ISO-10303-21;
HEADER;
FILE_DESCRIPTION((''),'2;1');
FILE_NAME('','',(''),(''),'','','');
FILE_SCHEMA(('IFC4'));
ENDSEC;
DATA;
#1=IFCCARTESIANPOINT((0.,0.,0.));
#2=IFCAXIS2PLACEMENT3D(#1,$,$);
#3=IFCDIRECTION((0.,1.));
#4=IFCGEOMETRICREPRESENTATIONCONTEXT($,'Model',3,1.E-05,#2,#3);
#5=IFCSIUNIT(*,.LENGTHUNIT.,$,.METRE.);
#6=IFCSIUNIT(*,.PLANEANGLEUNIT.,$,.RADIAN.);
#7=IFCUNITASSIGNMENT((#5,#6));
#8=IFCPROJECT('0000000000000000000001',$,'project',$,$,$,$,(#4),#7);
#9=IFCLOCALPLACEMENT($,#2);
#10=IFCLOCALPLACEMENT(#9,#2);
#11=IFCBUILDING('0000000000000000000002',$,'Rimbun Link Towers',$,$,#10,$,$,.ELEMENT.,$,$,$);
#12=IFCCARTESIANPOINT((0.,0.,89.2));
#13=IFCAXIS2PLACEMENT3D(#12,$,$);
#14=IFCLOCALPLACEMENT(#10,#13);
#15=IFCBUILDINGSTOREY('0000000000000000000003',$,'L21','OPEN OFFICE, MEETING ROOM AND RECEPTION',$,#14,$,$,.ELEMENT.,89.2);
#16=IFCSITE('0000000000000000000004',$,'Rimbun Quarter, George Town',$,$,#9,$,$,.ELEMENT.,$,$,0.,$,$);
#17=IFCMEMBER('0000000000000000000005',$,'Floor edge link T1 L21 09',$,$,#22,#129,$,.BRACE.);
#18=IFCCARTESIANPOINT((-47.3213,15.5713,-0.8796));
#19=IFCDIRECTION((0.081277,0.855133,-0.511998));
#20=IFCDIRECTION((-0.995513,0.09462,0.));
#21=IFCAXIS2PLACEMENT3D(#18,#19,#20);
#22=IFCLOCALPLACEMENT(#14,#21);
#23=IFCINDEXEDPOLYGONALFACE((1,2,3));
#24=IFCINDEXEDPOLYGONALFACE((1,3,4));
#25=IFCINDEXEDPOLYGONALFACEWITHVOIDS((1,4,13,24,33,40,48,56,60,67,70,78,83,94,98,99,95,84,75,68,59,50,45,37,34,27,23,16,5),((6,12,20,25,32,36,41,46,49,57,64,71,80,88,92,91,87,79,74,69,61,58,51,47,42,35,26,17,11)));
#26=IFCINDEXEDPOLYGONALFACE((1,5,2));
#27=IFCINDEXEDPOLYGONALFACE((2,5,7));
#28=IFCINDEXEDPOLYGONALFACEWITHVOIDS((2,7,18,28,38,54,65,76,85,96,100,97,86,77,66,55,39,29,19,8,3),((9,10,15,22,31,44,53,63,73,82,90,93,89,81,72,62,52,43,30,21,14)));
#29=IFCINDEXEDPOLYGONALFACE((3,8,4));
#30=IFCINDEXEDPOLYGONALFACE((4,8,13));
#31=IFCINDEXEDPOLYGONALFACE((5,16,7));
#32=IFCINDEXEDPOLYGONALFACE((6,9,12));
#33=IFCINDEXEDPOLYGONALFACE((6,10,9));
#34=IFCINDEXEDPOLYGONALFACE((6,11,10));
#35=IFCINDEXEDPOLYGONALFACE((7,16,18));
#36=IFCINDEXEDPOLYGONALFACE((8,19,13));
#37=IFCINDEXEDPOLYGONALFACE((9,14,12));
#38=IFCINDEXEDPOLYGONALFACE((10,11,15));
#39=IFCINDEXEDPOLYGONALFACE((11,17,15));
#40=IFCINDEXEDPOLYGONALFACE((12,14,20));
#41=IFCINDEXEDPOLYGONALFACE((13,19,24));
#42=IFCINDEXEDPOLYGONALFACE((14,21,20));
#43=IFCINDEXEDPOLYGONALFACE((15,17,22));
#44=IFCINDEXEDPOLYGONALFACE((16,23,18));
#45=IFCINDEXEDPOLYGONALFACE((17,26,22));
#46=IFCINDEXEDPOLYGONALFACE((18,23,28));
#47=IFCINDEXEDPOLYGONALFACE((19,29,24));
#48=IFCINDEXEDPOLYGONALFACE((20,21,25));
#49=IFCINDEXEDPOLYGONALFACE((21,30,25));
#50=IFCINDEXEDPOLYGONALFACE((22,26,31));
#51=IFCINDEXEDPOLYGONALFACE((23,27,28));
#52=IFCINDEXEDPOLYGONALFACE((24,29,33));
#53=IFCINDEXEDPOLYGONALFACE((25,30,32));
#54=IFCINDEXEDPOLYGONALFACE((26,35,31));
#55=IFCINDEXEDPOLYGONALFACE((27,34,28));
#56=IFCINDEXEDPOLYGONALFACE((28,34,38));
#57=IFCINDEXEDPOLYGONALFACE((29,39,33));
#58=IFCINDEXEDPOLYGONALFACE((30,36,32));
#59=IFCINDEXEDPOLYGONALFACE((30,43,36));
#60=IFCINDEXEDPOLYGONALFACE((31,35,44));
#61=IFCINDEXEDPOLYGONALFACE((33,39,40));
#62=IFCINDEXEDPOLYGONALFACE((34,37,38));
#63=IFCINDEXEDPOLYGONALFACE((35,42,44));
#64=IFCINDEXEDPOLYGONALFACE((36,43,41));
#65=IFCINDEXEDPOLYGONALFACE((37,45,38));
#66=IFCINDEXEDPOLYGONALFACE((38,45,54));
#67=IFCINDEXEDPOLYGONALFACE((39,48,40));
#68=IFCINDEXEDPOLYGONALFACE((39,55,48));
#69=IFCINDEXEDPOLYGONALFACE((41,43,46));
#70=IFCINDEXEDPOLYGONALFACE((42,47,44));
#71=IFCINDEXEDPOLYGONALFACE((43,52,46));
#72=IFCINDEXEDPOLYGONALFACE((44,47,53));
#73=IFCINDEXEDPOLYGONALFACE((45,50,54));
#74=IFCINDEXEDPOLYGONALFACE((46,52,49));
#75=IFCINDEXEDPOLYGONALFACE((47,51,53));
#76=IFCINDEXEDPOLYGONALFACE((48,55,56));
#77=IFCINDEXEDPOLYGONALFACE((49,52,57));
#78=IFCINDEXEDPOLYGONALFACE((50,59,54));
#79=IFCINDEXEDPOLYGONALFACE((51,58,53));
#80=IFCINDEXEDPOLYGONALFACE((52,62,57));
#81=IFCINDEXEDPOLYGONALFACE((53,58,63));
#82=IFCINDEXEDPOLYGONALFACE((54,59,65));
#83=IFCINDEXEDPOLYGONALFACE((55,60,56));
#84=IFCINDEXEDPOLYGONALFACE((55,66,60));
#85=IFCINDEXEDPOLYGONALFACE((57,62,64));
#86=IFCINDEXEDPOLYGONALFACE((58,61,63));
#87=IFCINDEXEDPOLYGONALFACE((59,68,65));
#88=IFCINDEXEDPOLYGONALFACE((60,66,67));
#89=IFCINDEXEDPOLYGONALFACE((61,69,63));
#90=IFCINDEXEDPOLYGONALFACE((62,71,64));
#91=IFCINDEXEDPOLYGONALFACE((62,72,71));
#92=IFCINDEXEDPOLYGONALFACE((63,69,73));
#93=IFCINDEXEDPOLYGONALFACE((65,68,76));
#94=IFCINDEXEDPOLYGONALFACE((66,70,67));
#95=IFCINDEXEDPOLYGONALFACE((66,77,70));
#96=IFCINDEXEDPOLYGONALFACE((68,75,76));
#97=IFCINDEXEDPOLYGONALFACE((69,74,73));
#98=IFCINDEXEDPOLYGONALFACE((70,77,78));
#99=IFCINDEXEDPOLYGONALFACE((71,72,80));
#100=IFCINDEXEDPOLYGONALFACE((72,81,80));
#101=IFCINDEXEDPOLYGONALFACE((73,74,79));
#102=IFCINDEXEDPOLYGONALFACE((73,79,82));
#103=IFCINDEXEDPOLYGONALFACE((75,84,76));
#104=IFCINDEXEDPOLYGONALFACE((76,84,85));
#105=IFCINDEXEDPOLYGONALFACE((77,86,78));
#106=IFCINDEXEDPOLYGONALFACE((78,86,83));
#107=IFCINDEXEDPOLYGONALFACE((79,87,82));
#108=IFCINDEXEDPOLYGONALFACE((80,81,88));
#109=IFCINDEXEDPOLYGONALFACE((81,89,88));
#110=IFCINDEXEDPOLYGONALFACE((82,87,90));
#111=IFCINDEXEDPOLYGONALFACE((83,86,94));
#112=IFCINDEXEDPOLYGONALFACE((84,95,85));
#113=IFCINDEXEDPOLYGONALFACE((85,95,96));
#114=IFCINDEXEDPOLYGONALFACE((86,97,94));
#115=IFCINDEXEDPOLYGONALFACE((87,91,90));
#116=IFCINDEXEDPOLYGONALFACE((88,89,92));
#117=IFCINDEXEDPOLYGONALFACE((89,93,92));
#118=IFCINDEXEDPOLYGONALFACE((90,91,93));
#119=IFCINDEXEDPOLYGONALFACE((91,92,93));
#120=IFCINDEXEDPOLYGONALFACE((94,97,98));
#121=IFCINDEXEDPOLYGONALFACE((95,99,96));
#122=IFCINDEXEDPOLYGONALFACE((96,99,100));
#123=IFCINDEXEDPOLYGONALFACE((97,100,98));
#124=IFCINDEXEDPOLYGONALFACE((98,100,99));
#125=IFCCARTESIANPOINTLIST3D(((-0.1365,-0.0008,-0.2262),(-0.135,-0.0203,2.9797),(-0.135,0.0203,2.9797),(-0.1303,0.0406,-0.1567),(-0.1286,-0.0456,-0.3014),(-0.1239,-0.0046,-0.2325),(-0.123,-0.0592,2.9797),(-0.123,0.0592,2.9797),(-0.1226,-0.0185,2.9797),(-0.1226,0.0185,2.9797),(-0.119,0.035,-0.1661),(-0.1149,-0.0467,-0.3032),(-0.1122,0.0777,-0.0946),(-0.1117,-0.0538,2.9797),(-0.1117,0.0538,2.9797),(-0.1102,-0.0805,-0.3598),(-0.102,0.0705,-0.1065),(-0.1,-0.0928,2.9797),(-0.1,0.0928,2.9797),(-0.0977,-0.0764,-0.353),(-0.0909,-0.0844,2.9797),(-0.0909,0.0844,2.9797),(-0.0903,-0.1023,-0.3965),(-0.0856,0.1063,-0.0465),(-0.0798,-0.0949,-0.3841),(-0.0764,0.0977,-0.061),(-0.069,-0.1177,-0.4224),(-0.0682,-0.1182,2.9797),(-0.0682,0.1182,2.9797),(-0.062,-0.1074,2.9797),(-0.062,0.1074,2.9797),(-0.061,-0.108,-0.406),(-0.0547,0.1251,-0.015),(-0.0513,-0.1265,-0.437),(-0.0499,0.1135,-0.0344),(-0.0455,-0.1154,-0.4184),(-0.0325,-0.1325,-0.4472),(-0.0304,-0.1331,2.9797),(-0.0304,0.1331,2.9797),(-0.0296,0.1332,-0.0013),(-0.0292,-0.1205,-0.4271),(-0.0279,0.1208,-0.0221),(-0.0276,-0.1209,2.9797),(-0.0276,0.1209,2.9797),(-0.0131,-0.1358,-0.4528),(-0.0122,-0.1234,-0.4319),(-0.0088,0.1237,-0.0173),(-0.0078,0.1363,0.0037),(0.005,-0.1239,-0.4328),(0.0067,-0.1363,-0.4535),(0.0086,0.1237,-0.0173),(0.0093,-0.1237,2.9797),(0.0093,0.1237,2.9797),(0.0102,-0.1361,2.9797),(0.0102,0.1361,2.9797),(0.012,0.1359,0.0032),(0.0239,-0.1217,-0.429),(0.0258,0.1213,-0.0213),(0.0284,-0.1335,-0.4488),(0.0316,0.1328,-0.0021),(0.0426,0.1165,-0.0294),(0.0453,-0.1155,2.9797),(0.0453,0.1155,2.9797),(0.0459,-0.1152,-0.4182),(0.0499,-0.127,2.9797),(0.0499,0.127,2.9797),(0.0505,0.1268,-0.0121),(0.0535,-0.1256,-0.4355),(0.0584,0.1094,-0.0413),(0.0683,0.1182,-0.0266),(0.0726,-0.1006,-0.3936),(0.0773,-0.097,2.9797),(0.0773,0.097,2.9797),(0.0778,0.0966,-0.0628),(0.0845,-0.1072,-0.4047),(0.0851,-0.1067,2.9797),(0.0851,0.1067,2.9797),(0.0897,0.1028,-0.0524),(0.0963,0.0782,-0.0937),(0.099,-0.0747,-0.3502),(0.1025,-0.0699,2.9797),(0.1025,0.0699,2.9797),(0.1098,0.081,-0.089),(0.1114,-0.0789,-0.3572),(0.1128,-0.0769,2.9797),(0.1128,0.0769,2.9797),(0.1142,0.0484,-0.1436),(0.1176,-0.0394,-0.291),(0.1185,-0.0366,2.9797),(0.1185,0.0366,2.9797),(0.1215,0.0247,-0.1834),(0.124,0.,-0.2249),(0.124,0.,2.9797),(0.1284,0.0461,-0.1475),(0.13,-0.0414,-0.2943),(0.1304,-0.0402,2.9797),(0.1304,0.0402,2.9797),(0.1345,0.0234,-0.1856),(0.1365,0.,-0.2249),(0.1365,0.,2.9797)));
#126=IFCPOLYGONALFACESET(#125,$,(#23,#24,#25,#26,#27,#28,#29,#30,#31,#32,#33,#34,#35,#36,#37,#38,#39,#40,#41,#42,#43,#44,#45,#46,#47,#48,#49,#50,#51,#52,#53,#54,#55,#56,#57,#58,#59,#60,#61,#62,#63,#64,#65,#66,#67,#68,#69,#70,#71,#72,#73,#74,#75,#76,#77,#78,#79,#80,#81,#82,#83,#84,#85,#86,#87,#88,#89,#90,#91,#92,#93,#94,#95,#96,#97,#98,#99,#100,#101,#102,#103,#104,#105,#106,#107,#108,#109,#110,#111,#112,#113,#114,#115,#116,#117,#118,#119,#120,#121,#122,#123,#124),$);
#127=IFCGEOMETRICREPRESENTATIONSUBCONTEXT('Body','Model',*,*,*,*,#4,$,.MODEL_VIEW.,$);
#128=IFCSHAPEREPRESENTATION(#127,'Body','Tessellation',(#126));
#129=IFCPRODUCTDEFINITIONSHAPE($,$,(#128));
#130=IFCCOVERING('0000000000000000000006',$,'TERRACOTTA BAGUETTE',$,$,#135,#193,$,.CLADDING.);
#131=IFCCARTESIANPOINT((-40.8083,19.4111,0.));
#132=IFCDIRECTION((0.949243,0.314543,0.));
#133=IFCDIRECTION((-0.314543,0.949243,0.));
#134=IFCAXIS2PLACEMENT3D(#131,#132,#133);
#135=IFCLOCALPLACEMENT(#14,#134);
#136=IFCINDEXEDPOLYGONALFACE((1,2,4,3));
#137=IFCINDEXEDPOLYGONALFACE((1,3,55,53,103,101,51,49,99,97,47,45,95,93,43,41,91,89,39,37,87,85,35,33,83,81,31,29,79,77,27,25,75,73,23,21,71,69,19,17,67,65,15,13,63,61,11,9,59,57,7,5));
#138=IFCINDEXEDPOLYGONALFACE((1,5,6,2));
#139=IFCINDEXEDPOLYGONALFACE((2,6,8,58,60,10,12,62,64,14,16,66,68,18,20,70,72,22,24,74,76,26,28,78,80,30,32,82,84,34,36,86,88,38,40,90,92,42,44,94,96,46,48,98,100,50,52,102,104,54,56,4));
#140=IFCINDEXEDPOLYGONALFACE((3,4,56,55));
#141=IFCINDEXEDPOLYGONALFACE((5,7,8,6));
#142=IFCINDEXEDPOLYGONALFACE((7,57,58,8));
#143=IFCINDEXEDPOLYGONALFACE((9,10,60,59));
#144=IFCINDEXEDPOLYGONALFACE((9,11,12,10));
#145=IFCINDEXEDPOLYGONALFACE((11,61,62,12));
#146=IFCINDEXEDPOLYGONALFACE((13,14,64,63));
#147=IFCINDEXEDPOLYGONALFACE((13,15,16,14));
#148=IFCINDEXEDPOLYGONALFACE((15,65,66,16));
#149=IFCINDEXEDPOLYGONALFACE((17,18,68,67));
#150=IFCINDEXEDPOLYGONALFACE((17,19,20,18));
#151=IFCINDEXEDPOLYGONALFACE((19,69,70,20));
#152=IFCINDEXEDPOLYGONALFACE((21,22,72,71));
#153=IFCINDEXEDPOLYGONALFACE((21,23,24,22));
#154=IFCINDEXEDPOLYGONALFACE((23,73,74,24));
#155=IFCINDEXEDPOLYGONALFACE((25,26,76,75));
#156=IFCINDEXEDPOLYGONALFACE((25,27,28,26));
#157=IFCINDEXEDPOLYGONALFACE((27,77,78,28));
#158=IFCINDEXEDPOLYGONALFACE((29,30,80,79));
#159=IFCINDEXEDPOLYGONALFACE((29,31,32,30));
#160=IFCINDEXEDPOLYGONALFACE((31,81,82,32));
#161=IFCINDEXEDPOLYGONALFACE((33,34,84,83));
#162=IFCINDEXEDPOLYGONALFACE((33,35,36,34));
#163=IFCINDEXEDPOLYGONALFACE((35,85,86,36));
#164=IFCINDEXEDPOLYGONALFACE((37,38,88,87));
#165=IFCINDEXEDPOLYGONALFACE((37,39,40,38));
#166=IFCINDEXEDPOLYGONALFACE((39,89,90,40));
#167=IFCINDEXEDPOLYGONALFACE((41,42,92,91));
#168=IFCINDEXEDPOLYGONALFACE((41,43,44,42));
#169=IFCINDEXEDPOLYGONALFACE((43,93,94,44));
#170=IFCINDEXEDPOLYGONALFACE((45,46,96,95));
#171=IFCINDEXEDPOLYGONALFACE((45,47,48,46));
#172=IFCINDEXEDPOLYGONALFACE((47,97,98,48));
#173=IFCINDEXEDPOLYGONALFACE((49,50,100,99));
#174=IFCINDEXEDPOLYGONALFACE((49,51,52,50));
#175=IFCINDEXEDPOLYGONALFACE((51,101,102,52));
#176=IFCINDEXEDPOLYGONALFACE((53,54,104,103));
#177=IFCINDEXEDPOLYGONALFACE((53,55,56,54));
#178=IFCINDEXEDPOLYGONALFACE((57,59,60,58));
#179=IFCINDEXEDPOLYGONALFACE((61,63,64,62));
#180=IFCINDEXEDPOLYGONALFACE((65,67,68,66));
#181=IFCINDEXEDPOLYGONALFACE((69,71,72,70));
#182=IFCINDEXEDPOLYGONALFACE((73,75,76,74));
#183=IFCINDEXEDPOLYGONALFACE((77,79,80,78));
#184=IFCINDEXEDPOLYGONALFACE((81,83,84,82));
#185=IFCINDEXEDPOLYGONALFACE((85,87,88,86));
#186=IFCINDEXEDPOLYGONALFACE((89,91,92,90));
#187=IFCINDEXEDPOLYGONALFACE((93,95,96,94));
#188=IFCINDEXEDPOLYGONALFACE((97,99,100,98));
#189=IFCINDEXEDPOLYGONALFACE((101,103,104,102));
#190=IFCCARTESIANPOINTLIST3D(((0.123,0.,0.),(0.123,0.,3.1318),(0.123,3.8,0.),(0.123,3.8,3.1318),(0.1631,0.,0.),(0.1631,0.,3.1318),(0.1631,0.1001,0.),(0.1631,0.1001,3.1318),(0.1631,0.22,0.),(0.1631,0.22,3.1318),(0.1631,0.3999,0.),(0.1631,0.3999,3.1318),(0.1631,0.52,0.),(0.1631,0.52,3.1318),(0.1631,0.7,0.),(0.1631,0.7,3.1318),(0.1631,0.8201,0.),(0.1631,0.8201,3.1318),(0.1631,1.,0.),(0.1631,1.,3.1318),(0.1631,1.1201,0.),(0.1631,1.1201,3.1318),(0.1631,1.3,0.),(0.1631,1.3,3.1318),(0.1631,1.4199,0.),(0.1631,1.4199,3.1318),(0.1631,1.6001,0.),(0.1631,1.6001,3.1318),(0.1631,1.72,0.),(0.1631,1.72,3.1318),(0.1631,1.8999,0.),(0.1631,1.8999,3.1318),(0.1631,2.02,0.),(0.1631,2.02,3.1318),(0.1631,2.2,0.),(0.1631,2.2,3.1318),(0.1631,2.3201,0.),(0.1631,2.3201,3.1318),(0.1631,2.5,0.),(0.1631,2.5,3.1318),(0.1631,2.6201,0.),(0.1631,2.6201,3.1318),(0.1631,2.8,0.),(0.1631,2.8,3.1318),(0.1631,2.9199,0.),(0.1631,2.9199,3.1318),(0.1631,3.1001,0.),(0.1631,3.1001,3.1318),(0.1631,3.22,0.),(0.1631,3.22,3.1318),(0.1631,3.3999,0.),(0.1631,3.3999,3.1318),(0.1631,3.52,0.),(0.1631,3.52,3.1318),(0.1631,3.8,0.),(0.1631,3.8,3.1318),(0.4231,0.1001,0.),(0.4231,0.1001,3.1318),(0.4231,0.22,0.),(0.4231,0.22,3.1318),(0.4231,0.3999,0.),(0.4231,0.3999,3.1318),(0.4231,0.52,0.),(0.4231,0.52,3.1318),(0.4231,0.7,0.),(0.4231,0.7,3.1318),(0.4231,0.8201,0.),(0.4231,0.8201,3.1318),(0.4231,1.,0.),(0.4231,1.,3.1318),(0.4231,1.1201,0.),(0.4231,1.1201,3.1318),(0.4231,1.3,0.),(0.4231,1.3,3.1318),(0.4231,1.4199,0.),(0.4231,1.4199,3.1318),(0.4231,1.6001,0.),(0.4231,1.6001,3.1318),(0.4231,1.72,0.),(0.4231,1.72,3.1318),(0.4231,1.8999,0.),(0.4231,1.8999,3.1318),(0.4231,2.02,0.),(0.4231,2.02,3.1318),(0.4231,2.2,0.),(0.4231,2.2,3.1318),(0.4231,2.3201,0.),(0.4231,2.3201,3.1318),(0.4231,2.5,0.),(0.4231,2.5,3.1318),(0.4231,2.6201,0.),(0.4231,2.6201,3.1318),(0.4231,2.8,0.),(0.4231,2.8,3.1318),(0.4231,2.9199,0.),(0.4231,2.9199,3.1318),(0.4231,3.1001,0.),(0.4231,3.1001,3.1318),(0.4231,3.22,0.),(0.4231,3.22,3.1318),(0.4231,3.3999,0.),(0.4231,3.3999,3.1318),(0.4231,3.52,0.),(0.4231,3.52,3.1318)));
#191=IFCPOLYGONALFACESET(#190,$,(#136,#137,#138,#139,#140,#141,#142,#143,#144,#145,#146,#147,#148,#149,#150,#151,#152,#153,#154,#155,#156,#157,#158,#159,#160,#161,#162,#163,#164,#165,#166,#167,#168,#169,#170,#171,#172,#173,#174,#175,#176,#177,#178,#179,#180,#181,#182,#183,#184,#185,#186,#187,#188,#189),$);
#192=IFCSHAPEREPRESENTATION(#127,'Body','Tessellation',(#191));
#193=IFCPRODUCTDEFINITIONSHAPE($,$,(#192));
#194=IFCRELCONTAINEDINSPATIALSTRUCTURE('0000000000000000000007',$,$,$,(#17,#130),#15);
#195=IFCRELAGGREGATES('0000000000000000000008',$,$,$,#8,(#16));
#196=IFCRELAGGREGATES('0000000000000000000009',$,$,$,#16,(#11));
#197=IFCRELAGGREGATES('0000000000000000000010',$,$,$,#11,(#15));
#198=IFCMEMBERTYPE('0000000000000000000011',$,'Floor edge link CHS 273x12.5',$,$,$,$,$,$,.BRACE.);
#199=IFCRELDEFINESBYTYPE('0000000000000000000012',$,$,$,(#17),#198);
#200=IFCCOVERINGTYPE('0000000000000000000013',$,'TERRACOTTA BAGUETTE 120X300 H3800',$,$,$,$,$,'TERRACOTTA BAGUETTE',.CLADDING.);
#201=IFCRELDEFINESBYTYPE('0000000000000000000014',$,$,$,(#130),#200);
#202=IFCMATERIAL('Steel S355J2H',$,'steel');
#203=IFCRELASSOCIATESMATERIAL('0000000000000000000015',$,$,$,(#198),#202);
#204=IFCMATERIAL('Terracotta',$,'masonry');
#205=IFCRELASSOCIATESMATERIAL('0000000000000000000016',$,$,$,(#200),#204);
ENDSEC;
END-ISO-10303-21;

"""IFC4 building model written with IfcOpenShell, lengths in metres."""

from ifc_helpers import new_model, si_unit, direction, frame, origin, origin_2d, place, context, subcontext, project, spatial, polyline, hollow_circle, outline, extrude, clip, halfspace, material, material_profile, profile_set, type_object, element, save


model = new_model("IFC4")

# Units and contexts
model_context = context("Model", 3, precision=1e-05, world=origin(), true_north=direction((0.0, 1.0)))
body_context = subcontext(model_context, "Body", "Model", "MODEL_VIEW")
ifc_project = project(units=[si_unit("LENGTHUNIT", "METRE"), si_unit("PLANEANGLEUNIT", "RADIAN")], contexts=[model_context])

# Site, building, storey
site_placement = place(None, origin())
site = spatial("IfcSite", under=ifc_project, at=site_placement, Name="Rimbun Quarter, George Town", CompositionType="ELEMENT", RefElevation=0.0)
building_placement = place(site_placement, origin())
building = spatial("IfcBuilding", under=site, at=building_placement, Name="Rimbun Link Towers", CompositionType="ELEMENT")
storey_placement = place(building_placement, frame((0.0, 0.0, 89.2)))
storey = spatial("IfcBuildingStorey", under=building, at=storey_placement, Name="L21", Description="OPEN OFFICE, MEETING ROOM AND RECEPTION", CompositionType="ELEMENT", Elevation=89.2)

# Member
ifc_material_1 = material(Name="Steel S355J2H", Category="steel")
ifc_material_profile_1 = material_profile(ifc_material_1, hollow_circle(Radius=0.1365, WallThickness=0.0125, at=origin_2d()), Name="CHS 273x12.5")
ifc_profile_set_1 = profile_set([ifc_material_profile_1], Name="Steel S355J2H")
member_type_1 = type_object("IfcMemberType", Name="Floor edge link CHS 273x12.5", PredefinedType="BRACE", material=ifc_profile_set_1)
member_1_placement = place(storey_placement, frame((-47.3213, 15.5713, -0.8796), z_axis=(0.081277, 0.855133, -0.511998), x_axis=(-0.995513, 0.09462, 0.0)))
element("IfcMember", 1, at=member_1_placement, inside=storey, type_object=member_type_1, Name="Floor edge link T1 L21 09", PredefinedType="BRACE", context=body_context, shape_type="Clipping", body=[
    clip(extrude(hollow_circle(Radius=0.1365, WallThickness=0.0125, at=origin_2d()), frame((0.0, 0.0, -0.4775)), (0.0, 0.0, 1.0), 3.4573), halfspace(frame((0.0, 0.0, -0.2249), z_axis=(0.0, 0.858987, -0.511998)), False)),
])

# Covering
ifc_material_2 = material(Name="Terracotta", Category="masonry")
ifc_material_profile_2 = material_profile(ifc_material_2, outline(polyline([(0.123, 0.0), (0.1631, 0.0), (0.1631, 0.1001), (0.4231, 0.1001), (0.4231, 0.22), (0.1631, 0.22), (0.1631, 0.3999), (0.4231, 0.3999), (0.4231, 0.52), (0.1631, 0.52), (0.1631, 0.7), (0.4231, 0.7), (0.4231, 0.8201), (0.1631, 0.8201), (0.1631, 1.0), (0.4231, 1.0), (0.4231, 1.1201), (0.1631, 1.1201), (0.1631, 1.3), (0.4231, 1.3), (0.4231, 1.4199), (0.1631, 1.4199), (0.1631, 1.6001), (0.4231, 1.6001), (0.4231, 1.72), (0.1631, 1.72), (0.1631, 1.8999), (0.4231, 1.8999), (0.4231, 2.02), (0.1631, 2.02), (0.1631, 2.2), (0.4231, 2.2), (0.4231, 2.3201), (0.1631, 2.3201), (0.1631, 2.5), (0.4231, 2.5), (0.4231, 2.6201), (0.1631, 2.6201), (0.1631, 2.8), (0.4231, 2.8), (0.4231, 2.9199), (0.1631, 2.9199), (0.1631, 3.1001), (0.4231, 3.1001), (0.4231, 3.22), (0.1631, 3.22), (0.1631, 3.3999), (0.4231, 3.3999), (0.4231, 3.52), (0.1631, 3.52), (0.1631, 3.8), (0.123, 3.8), (0.123, 0.0)])), Name="BAGUETTE 120X300")
ifc_profile_set_2 = profile_set([ifc_material_profile_2], Name="Terracotta")
covering_type = type_object("IfcCoveringType", Name="TERRACOTTA BAGUETTE 120X300 H3800", ElementType="TERRACOTTA BAGUETTE", PredefinedType="CLADDING", material=ifc_profile_set_2)
covering_1_placement = place(storey_placement, frame((-40.8083, 19.4111, 0.0), z_axis=(0.949243, 0.314543, 0.0), x_axis=(-0.314543, 0.949243, 0.0)))
element("IfcCovering", 2, at=covering_1_placement, inside=storey, type_object=covering_type, Name="TERRACOTTA BAGUETTE", PredefinedType="CLADDING", context=body_context, shape_type="SweptSolid", body=[
    extrude(outline(polyline([(0.123, 0.0), (0.1631, 0.0), (0.1631, 0.1001), (0.4231, 0.1001), (0.4231, 0.22), (0.1631, 0.22), (0.1631, 0.3999), (0.4231, 0.3999), (0.4231, 0.52), (0.1631, 0.52), (0.1631, 0.7), (0.4231, 0.7), (0.4231, 0.8201), (0.1631, 0.8201), (0.1631, 1.0), (0.4231, 1.0), (0.4231, 1.1201), (0.1631, 1.1201), (0.1631, 1.3), (0.4231, 1.3), (0.4231, 1.4199), (0.1631, 1.4199), (0.1631, 1.6001), (0.4231, 1.6001), (0.4231, 1.72), (0.1631, 1.72), (0.1631, 1.8999), (0.4231, 1.8999), (0.4231, 2.02), (0.1631, 2.02), (0.1631, 2.2), (0.4231, 2.2), (0.4231, 2.3201), (0.1631, 2.3201), (0.1631, 2.5), (0.4231, 2.5), (0.4231, 2.6201), (0.1631, 2.6201), (0.1631, 2.8), (0.4231, 2.8), (0.4231, 2.9199), (0.1631, 2.9199), (0.1631, 3.1001), (0.4231, 3.1001), (0.4231, 3.22), (0.1631, 3.22), (0.1631, 3.3999), (0.4231, 3.3999), (0.4231, 3.52), (0.1631, 3.52), (0.1631, 3.8), (0.123, 3.8), (0.123, 0.0)])), origin(), (0.0, 0.0, 1.0), 3.1318),
])

save(model, "model.ifc")
